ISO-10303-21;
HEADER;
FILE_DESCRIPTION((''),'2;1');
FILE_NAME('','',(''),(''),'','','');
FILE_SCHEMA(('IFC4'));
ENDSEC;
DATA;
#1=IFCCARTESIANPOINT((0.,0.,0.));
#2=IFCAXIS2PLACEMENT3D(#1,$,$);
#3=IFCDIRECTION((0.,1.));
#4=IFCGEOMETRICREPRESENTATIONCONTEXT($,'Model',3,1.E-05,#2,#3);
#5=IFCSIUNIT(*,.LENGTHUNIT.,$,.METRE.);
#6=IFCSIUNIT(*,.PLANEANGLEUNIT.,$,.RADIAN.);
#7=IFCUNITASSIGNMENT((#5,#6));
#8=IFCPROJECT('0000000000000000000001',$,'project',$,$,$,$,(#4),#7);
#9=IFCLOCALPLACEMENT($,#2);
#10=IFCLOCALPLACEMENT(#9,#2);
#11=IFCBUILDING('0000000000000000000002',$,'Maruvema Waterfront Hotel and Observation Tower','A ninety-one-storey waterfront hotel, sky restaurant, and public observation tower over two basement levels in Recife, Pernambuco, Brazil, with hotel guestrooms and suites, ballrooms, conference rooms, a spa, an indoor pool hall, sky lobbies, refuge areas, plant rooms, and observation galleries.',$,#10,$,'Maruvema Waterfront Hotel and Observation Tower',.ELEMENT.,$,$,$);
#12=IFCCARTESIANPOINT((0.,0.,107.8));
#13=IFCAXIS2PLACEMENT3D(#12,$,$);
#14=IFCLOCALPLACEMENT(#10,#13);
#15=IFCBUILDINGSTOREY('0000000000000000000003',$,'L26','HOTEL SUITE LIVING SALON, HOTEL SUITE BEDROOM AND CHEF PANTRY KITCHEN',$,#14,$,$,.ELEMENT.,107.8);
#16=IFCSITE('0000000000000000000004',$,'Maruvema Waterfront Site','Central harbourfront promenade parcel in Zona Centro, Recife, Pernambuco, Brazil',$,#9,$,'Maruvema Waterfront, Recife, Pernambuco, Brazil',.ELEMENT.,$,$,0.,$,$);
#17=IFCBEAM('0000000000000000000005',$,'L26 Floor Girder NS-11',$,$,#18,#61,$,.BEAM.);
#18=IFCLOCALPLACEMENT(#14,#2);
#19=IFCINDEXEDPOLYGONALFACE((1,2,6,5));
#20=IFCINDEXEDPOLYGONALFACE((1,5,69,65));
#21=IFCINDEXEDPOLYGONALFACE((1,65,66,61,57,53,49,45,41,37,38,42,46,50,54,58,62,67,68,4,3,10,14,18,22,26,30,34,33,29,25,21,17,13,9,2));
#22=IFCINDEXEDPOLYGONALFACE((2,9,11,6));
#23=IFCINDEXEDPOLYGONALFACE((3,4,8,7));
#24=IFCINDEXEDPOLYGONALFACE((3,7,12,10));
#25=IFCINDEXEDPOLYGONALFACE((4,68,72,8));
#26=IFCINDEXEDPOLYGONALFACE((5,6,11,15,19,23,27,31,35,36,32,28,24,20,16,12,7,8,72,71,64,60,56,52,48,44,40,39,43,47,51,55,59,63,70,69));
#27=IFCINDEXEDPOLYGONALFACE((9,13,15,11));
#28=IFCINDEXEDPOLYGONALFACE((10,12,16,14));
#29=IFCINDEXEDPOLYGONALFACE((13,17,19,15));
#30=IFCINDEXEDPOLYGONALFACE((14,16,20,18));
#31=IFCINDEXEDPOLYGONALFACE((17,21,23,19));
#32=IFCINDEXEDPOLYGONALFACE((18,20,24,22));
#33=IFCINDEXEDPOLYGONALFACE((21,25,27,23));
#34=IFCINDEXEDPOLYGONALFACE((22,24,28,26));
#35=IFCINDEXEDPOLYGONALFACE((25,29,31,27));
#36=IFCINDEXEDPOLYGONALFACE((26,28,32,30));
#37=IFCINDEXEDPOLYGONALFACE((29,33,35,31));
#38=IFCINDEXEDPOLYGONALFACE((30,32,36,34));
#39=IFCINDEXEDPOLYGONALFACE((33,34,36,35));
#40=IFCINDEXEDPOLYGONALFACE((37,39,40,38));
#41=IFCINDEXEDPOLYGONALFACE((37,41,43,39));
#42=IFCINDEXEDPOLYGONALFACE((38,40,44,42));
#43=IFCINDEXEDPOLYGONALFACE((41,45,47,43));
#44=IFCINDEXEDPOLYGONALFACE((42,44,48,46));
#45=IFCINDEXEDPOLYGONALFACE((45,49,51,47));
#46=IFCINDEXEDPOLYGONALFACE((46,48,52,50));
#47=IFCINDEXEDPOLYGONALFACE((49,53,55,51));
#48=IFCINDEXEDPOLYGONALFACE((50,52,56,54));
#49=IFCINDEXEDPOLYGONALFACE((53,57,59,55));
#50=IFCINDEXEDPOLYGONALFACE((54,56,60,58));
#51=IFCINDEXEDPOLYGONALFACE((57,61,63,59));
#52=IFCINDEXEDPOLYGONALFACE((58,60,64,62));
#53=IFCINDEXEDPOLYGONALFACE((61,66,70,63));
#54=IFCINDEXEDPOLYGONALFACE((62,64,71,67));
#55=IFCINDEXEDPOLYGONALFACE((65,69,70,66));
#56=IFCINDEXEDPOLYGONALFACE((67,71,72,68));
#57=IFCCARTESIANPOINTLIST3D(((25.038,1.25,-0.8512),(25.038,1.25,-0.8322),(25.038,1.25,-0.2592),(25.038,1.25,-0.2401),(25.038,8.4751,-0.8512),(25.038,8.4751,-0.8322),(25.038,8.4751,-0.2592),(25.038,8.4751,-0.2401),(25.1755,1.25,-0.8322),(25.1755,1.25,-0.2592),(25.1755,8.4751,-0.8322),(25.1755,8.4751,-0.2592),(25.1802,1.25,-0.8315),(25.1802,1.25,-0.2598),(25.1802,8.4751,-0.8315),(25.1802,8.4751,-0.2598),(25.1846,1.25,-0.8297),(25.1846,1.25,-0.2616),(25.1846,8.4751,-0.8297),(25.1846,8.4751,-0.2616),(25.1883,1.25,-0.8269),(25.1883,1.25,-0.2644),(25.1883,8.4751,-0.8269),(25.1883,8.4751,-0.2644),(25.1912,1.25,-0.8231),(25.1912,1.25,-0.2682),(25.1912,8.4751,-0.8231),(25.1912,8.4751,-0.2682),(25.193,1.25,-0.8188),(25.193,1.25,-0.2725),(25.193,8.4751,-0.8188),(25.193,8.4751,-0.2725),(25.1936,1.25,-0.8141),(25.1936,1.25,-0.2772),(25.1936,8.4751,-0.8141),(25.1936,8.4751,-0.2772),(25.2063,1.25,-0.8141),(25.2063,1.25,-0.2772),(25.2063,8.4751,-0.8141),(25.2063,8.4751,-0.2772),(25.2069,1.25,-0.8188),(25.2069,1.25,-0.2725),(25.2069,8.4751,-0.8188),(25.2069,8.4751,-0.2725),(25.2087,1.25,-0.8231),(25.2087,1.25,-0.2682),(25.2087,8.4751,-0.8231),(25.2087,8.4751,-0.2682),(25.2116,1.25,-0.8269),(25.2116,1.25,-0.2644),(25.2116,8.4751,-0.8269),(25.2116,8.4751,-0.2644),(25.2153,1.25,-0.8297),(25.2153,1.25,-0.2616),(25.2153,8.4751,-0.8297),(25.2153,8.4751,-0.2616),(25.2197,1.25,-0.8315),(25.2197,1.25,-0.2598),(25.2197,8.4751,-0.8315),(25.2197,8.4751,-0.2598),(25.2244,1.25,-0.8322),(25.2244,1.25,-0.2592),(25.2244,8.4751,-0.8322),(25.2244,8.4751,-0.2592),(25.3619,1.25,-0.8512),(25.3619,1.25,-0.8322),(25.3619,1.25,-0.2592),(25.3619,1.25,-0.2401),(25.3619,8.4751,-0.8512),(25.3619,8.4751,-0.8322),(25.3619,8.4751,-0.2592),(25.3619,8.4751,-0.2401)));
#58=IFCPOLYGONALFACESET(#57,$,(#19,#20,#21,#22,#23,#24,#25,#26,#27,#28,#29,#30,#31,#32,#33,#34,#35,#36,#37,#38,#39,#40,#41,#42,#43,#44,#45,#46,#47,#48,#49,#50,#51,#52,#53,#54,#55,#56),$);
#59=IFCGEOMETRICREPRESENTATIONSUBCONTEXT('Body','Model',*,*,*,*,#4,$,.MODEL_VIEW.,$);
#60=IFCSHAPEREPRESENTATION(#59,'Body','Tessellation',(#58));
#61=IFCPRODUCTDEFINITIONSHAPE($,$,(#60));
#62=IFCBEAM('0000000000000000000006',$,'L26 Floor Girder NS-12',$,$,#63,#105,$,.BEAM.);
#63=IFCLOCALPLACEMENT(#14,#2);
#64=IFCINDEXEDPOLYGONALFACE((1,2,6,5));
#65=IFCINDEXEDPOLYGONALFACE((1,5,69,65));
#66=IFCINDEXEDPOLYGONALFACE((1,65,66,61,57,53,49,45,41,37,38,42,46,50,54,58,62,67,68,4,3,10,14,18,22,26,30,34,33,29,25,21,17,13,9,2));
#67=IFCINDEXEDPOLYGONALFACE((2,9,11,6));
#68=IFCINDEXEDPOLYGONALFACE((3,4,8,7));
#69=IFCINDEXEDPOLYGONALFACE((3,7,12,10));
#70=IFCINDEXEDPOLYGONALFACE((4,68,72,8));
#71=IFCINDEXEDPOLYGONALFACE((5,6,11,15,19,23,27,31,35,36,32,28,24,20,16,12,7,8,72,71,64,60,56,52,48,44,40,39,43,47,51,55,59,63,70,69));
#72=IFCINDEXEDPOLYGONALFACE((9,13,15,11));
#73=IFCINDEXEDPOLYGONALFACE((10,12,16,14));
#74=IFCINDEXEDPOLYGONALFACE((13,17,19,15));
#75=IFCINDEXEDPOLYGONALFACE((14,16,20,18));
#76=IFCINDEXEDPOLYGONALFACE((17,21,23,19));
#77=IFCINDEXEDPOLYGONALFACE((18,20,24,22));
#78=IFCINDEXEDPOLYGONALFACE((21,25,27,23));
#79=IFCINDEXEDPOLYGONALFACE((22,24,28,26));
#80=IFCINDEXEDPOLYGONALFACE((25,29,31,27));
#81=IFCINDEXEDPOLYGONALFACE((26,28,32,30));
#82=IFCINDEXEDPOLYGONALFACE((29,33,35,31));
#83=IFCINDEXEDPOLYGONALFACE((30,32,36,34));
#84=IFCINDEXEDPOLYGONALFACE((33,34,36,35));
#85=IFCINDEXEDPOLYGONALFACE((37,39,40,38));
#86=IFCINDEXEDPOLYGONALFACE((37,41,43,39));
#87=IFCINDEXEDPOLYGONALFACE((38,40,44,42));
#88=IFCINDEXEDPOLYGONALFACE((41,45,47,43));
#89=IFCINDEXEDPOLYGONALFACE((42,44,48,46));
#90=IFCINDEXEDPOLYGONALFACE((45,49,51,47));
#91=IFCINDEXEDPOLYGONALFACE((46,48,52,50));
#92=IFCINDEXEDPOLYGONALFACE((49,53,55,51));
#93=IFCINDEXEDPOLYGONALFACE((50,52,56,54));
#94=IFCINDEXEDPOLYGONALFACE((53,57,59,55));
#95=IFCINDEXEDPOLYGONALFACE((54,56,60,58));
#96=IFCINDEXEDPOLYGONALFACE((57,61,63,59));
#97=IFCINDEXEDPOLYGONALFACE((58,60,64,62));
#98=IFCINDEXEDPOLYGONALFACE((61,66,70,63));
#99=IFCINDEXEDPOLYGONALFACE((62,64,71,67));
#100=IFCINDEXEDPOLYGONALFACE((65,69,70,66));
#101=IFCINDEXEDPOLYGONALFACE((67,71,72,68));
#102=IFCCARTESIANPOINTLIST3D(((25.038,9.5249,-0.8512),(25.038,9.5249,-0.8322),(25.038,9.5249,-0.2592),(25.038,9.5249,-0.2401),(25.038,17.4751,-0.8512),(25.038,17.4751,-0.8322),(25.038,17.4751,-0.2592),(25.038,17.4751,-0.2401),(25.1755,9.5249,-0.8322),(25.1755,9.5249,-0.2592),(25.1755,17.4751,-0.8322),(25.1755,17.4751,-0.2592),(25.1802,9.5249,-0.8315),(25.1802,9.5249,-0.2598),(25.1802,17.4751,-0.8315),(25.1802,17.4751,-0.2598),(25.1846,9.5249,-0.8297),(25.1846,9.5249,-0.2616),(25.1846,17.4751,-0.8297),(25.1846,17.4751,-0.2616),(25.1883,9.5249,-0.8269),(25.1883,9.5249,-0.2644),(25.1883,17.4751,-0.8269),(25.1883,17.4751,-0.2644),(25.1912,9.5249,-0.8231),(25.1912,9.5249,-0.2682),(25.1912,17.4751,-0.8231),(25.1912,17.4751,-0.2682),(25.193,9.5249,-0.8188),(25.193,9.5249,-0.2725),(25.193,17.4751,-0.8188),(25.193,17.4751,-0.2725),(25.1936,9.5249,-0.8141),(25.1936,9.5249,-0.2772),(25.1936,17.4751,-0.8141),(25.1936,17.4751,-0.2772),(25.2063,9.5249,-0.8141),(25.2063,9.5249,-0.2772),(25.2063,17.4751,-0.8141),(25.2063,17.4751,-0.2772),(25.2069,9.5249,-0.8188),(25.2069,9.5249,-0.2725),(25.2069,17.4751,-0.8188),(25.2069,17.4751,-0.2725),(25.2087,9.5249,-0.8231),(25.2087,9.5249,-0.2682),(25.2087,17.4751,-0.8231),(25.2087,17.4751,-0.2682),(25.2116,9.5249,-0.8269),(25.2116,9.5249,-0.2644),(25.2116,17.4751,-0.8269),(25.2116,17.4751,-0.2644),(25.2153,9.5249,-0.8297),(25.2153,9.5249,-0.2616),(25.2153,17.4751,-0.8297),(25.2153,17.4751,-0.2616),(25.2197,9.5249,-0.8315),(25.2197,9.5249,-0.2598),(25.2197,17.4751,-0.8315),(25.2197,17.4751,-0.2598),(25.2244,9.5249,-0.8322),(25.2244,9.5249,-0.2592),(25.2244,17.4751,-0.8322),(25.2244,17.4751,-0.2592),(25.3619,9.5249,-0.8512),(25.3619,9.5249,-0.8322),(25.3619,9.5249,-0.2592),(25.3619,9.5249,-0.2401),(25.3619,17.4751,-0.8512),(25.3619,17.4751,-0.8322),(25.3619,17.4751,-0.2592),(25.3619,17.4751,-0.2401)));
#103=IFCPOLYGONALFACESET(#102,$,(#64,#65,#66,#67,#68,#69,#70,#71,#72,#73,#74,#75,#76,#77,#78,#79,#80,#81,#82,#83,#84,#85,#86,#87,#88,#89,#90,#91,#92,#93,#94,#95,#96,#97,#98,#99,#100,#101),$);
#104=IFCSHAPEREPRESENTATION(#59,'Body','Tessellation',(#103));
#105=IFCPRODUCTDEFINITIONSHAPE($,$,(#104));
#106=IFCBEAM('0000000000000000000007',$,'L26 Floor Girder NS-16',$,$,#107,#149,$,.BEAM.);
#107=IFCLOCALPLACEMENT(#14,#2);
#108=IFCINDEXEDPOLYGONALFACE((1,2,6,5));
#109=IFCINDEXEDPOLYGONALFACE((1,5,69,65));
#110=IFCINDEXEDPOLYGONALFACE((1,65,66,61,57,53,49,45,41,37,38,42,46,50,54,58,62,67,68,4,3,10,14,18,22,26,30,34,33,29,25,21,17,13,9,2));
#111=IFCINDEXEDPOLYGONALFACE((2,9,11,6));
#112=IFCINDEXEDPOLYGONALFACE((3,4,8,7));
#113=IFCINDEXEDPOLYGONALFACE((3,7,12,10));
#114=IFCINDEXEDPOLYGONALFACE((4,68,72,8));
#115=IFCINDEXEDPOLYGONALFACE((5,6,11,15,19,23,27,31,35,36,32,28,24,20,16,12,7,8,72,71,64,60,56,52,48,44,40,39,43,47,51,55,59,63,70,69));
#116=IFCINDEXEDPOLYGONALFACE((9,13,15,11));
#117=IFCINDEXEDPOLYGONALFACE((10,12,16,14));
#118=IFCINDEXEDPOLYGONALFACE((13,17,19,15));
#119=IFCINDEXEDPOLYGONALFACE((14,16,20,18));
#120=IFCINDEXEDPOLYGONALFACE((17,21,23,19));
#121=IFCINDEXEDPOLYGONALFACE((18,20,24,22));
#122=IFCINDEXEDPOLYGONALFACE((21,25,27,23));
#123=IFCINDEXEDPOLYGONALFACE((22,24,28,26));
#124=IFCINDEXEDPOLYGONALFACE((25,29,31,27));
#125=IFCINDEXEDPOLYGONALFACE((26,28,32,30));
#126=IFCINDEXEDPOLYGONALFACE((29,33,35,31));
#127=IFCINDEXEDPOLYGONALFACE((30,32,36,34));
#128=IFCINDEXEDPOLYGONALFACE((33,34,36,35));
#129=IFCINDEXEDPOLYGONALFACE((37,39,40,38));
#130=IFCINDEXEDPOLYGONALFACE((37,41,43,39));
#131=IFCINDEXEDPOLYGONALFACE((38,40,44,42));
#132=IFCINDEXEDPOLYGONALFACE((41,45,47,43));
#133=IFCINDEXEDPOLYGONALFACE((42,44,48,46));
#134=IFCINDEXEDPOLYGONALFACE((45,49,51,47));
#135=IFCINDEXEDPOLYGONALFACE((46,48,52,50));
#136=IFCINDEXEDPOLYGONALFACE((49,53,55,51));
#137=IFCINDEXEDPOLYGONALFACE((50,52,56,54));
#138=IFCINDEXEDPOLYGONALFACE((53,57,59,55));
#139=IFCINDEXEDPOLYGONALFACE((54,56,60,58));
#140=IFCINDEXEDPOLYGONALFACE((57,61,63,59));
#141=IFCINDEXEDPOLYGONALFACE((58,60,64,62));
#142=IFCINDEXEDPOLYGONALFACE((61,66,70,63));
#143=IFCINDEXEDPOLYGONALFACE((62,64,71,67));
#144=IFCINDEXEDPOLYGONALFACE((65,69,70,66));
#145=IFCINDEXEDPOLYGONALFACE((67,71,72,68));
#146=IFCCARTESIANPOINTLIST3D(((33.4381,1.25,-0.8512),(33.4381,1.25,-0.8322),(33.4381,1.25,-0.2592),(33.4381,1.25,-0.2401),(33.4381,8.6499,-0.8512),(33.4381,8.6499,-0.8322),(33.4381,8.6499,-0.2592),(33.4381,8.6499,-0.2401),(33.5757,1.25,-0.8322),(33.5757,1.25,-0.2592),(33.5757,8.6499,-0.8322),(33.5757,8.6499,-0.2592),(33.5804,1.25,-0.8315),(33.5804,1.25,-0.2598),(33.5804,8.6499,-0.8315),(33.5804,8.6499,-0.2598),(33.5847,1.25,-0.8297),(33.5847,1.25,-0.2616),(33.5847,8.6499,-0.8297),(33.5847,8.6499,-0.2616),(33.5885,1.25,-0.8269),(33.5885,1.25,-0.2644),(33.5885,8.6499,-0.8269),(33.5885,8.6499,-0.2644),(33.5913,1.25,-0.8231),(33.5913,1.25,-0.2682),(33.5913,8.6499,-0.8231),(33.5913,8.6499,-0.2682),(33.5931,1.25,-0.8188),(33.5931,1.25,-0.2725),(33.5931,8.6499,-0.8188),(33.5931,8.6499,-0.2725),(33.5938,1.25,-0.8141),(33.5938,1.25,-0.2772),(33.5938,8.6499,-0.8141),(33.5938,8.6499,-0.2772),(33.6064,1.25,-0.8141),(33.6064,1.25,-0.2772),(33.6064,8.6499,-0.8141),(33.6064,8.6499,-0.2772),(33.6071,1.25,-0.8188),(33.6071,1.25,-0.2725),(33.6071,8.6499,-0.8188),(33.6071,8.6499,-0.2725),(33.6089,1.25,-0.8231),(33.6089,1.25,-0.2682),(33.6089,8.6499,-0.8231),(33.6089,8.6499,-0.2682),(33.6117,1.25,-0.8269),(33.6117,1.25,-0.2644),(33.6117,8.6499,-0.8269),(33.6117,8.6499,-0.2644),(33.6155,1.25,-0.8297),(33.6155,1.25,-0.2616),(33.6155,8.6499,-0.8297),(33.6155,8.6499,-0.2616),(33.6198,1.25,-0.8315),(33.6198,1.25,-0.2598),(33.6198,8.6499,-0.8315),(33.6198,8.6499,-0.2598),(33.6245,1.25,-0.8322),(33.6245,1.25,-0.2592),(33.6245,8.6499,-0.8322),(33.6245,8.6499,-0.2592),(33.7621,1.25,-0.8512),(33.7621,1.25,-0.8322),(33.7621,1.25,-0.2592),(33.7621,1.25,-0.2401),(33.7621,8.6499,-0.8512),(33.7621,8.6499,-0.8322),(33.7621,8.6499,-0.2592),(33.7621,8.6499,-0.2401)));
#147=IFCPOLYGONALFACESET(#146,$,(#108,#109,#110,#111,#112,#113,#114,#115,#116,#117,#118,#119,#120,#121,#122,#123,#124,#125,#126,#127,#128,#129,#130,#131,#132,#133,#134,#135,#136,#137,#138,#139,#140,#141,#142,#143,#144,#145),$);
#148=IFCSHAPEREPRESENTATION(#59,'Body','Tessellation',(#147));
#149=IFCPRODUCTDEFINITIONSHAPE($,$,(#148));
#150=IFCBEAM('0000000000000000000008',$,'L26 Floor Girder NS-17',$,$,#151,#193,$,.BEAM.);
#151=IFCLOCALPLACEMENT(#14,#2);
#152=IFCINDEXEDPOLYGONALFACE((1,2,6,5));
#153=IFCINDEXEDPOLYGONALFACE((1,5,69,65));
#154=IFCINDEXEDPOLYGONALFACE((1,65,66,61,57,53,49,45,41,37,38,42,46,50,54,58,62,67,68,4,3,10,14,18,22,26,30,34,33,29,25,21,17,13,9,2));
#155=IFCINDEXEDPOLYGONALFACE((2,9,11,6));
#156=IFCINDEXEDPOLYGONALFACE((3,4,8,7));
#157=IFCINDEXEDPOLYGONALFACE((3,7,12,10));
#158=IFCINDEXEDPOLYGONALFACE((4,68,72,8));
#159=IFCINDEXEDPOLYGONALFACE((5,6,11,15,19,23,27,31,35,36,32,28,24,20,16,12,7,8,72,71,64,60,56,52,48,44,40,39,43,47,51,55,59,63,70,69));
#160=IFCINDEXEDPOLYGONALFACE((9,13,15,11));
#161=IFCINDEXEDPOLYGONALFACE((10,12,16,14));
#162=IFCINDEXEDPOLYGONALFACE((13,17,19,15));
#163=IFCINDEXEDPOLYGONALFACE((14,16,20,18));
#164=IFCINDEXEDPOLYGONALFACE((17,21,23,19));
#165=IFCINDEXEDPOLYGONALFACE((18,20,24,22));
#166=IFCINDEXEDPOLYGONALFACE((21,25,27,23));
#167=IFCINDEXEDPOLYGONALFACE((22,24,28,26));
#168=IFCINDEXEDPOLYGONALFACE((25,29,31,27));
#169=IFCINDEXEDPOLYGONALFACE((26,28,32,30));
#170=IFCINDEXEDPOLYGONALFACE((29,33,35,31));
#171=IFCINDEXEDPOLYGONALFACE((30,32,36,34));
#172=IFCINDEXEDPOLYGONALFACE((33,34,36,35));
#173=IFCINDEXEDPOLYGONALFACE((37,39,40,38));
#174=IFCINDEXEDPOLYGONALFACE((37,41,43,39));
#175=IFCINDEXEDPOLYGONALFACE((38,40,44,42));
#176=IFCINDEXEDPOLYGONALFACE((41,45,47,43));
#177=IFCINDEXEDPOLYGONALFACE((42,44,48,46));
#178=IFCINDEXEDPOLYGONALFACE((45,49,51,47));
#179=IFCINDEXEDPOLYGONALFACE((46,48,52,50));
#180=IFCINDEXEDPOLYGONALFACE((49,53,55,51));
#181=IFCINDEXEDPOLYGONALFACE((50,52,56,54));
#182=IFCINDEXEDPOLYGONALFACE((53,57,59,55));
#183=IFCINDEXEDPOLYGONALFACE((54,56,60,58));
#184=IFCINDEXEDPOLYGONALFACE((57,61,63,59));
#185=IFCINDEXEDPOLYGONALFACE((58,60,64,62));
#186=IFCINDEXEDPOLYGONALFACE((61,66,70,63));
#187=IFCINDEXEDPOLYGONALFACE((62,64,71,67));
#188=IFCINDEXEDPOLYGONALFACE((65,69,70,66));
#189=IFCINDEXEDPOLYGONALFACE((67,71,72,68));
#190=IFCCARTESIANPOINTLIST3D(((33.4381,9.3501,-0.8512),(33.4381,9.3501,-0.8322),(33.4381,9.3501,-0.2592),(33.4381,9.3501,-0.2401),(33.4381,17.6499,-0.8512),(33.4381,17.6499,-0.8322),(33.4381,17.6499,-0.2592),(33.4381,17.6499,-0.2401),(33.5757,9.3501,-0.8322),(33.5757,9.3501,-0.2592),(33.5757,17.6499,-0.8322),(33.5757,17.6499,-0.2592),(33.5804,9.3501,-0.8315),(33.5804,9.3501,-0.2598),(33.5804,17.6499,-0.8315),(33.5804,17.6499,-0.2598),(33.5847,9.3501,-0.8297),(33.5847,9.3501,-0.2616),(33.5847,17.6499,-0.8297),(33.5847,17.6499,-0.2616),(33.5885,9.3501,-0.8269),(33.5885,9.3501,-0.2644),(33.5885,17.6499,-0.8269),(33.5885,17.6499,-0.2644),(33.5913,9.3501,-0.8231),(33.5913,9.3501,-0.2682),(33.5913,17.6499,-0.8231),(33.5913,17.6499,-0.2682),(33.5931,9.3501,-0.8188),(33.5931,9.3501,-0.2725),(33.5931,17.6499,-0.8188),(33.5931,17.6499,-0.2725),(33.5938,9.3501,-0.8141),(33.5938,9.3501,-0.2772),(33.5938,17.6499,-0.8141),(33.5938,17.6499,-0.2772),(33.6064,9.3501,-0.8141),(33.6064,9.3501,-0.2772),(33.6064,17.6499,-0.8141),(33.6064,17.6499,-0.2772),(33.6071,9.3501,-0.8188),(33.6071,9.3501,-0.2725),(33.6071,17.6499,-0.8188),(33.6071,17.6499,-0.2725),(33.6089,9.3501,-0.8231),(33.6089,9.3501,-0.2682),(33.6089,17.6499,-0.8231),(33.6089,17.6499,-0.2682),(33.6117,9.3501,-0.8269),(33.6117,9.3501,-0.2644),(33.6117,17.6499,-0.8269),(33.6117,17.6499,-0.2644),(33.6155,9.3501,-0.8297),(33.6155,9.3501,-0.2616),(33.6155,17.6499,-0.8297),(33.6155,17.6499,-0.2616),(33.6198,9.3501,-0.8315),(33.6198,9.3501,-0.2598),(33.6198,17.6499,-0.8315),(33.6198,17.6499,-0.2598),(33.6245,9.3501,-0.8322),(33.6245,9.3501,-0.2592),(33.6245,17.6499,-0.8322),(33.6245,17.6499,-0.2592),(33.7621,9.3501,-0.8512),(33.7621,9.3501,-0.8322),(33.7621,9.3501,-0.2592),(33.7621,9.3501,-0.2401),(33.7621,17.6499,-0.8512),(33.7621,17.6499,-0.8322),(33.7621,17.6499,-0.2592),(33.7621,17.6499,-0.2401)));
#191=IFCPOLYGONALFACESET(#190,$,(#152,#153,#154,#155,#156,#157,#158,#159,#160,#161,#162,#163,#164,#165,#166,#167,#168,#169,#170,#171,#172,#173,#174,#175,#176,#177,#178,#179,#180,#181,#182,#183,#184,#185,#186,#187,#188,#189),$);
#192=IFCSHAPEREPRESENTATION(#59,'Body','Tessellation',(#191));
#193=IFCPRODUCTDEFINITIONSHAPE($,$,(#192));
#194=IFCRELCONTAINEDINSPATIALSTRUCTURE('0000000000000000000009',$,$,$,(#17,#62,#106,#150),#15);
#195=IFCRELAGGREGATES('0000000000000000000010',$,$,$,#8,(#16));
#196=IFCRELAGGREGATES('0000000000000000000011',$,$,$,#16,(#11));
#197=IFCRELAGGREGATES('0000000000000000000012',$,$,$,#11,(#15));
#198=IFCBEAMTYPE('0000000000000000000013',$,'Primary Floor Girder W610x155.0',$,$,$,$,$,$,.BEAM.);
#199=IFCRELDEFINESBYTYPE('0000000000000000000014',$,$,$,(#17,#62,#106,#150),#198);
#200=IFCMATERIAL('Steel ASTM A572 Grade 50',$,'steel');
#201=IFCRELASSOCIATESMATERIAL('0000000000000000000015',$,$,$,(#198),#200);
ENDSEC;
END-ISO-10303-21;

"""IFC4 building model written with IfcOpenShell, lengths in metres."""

from ifc_helpers import new_model, si_unit, direction, frame, origin, origin_2d, place, context, subcontext, project, spatial, i_section, extrude, material, material_profile, profile_set, type_object, element, save


model = new_model("IFC4")

# Units and contexts
model_context = context("Model", 3, precision=1e-05, world=origin(), true_north=direction((0.0, 1.0)))
body_context = subcontext(model_context, "Body", "Model", "MODEL_VIEW")
ifc_project = project(units=[si_unit("LENGTHUNIT", "METRE"), si_unit("PLANEANGLEUNIT", "RADIAN")], contexts=[model_context])

# Site, building, storey
site_placement = place(None, origin())
site = spatial("IfcSite", under=ifc_project, at=site_placement, Name="Maruvema Waterfront Site", Description="Central harbourfront promenade parcel in Zona Centro, Recife, Pernambuco, Brazil", LongName="Maruvema Waterfront, Recife, Pernambuco, Brazil", CompositionType="ELEMENT", RefElevation=0.0)
building_placement = place(site_placement, origin())
building = spatial("IfcBuilding", under=site, at=building_placement, Name="Maruvema Waterfront Hotel and Observation Tower", Description="A ninety-one-storey waterfront hotel, sky restaurant, and public observation tower over two basement levels in Recife, Pernambuco, Brazil, with hotel guestrooms and suites, ballrooms, conference rooms, a spa, an indoor pool hall, sky lobbies, refuge areas, plant rooms, and observation galleries.", LongName="Maruvema Waterfront Hotel and Observation Tower", CompositionType="ELEMENT")
storey_placement = place(building_placement, frame((0.0, 0.0, 107.8)))
storey = spatial("IfcBuildingStorey", under=building, at=storey_placement, Name="L26", Description="HOTEL SUITE LIVING SALON, HOTEL SUITE BEDROOM AND CHEF PANTRY KITCHEN", CompositionType="ELEMENT", Elevation=107.8)

# Beams
ifc_material_1 = material(Name="Steel ASTM A572 Grade 50", Category="steel")
ifc_material_profile_1 = material_profile(ifc_material_1, i_section(OverallWidth=0.324, OverallDepth=0.6111, WebThickness=0.0127, FlangeThickness=0.019, FilletRadius=0.0181, at=origin_2d()), Name="W610x155.0")
ifc_profile_set_1 = profile_set([ifc_material_profile_1], Name="Steel ASTM A572 Grade 50")
beam_type_1 = type_object("IfcBeamType", Name="Primary Floor Girder W610x155.0", PredefinedType="BEAM", material=ifc_profile_set_1)
beam_1_placement = place(storey_placement, frame((25.2, 1.25, -0.5457), z_axis=(0.0, 1.0, 0.0), x_axis=(-1.0, 0.0, 0.0)))
element("IfcBeam", 1, at=beam_1_placement, inside=storey, type_object=beam_type_1, Name="L26 Floor Girder NS-11", PredefinedType="BEAM", context=body_context, shape_type="SweptSolid", body=[
    extrude(i_section(OverallWidth=0.324, OverallDepth=0.6111, WebThickness=0.0127, FlangeThickness=0.019, FilletRadius=0.0181, at=origin_2d()), origin(), (0.0, 0.0, 1.0), 7.2251),
])
beam_2_placement = place(storey_placement, frame((25.2, 9.5249, -0.5457), z_axis=(0.0, 1.0, 0.0), x_axis=(-1.0, 0.0, 0.0)))
element("IfcBeam", 2, at=beam_2_placement, inside=storey, type_object=beam_type_1, Name="L26 Floor Girder NS-12", PredefinedType="BEAM", context=body_context, shape_type="SweptSolid", body=[
    extrude(i_section(OverallWidth=0.324, OverallDepth=0.6111, WebThickness=0.0127, FlangeThickness=0.019, FilletRadius=0.0181, at=origin_2d()), origin(), (0.0, 0.0, 1.0), 7.9502),
])
beam_3_placement = place(storey_placement, frame((33.6001, 1.25, -0.5457), z_axis=(0.0, 1.0, 0.0), x_axis=(-1.0, 0.0, 0.0)))
element("IfcBeam", 3, at=beam_3_placement, inside=storey, type_object=beam_type_1, Name="L26 Floor Girder NS-16", PredefinedType="BEAM", context=body_context, shape_type="SweptSolid", body=[
    extrude(i_section(OverallWidth=0.324, OverallDepth=0.6111, WebThickness=0.0127, FlangeThickness=0.019, FilletRadius=0.0181, at=origin_2d()), origin(), (0.0, 0.0, 1.0), 7.3999),
])
beam_4_placement = place(storey_placement, frame((33.6001, 9.3501, -0.5457), z_axis=(0.0, 1.0, 0.0), x_axis=(-1.0, 0.0, 0.0)))
element("IfcBeam", 4, at=beam_4_placement, inside=storey, type_object=beam_type_1, Name="L26 Floor Girder NS-17", PredefinedType="BEAM", context=body_context, shape_type="SweptSolid", body=[
    extrude(i_section(OverallWidth=0.324, OverallDepth=0.6111, WebThickness=0.0127, FlangeThickness=0.019, FilletRadius=0.0181, at=origin_2d()), origin(), (0.0, 0.0, 1.0), 8.2998),
])

save(model, "model.ifc")
